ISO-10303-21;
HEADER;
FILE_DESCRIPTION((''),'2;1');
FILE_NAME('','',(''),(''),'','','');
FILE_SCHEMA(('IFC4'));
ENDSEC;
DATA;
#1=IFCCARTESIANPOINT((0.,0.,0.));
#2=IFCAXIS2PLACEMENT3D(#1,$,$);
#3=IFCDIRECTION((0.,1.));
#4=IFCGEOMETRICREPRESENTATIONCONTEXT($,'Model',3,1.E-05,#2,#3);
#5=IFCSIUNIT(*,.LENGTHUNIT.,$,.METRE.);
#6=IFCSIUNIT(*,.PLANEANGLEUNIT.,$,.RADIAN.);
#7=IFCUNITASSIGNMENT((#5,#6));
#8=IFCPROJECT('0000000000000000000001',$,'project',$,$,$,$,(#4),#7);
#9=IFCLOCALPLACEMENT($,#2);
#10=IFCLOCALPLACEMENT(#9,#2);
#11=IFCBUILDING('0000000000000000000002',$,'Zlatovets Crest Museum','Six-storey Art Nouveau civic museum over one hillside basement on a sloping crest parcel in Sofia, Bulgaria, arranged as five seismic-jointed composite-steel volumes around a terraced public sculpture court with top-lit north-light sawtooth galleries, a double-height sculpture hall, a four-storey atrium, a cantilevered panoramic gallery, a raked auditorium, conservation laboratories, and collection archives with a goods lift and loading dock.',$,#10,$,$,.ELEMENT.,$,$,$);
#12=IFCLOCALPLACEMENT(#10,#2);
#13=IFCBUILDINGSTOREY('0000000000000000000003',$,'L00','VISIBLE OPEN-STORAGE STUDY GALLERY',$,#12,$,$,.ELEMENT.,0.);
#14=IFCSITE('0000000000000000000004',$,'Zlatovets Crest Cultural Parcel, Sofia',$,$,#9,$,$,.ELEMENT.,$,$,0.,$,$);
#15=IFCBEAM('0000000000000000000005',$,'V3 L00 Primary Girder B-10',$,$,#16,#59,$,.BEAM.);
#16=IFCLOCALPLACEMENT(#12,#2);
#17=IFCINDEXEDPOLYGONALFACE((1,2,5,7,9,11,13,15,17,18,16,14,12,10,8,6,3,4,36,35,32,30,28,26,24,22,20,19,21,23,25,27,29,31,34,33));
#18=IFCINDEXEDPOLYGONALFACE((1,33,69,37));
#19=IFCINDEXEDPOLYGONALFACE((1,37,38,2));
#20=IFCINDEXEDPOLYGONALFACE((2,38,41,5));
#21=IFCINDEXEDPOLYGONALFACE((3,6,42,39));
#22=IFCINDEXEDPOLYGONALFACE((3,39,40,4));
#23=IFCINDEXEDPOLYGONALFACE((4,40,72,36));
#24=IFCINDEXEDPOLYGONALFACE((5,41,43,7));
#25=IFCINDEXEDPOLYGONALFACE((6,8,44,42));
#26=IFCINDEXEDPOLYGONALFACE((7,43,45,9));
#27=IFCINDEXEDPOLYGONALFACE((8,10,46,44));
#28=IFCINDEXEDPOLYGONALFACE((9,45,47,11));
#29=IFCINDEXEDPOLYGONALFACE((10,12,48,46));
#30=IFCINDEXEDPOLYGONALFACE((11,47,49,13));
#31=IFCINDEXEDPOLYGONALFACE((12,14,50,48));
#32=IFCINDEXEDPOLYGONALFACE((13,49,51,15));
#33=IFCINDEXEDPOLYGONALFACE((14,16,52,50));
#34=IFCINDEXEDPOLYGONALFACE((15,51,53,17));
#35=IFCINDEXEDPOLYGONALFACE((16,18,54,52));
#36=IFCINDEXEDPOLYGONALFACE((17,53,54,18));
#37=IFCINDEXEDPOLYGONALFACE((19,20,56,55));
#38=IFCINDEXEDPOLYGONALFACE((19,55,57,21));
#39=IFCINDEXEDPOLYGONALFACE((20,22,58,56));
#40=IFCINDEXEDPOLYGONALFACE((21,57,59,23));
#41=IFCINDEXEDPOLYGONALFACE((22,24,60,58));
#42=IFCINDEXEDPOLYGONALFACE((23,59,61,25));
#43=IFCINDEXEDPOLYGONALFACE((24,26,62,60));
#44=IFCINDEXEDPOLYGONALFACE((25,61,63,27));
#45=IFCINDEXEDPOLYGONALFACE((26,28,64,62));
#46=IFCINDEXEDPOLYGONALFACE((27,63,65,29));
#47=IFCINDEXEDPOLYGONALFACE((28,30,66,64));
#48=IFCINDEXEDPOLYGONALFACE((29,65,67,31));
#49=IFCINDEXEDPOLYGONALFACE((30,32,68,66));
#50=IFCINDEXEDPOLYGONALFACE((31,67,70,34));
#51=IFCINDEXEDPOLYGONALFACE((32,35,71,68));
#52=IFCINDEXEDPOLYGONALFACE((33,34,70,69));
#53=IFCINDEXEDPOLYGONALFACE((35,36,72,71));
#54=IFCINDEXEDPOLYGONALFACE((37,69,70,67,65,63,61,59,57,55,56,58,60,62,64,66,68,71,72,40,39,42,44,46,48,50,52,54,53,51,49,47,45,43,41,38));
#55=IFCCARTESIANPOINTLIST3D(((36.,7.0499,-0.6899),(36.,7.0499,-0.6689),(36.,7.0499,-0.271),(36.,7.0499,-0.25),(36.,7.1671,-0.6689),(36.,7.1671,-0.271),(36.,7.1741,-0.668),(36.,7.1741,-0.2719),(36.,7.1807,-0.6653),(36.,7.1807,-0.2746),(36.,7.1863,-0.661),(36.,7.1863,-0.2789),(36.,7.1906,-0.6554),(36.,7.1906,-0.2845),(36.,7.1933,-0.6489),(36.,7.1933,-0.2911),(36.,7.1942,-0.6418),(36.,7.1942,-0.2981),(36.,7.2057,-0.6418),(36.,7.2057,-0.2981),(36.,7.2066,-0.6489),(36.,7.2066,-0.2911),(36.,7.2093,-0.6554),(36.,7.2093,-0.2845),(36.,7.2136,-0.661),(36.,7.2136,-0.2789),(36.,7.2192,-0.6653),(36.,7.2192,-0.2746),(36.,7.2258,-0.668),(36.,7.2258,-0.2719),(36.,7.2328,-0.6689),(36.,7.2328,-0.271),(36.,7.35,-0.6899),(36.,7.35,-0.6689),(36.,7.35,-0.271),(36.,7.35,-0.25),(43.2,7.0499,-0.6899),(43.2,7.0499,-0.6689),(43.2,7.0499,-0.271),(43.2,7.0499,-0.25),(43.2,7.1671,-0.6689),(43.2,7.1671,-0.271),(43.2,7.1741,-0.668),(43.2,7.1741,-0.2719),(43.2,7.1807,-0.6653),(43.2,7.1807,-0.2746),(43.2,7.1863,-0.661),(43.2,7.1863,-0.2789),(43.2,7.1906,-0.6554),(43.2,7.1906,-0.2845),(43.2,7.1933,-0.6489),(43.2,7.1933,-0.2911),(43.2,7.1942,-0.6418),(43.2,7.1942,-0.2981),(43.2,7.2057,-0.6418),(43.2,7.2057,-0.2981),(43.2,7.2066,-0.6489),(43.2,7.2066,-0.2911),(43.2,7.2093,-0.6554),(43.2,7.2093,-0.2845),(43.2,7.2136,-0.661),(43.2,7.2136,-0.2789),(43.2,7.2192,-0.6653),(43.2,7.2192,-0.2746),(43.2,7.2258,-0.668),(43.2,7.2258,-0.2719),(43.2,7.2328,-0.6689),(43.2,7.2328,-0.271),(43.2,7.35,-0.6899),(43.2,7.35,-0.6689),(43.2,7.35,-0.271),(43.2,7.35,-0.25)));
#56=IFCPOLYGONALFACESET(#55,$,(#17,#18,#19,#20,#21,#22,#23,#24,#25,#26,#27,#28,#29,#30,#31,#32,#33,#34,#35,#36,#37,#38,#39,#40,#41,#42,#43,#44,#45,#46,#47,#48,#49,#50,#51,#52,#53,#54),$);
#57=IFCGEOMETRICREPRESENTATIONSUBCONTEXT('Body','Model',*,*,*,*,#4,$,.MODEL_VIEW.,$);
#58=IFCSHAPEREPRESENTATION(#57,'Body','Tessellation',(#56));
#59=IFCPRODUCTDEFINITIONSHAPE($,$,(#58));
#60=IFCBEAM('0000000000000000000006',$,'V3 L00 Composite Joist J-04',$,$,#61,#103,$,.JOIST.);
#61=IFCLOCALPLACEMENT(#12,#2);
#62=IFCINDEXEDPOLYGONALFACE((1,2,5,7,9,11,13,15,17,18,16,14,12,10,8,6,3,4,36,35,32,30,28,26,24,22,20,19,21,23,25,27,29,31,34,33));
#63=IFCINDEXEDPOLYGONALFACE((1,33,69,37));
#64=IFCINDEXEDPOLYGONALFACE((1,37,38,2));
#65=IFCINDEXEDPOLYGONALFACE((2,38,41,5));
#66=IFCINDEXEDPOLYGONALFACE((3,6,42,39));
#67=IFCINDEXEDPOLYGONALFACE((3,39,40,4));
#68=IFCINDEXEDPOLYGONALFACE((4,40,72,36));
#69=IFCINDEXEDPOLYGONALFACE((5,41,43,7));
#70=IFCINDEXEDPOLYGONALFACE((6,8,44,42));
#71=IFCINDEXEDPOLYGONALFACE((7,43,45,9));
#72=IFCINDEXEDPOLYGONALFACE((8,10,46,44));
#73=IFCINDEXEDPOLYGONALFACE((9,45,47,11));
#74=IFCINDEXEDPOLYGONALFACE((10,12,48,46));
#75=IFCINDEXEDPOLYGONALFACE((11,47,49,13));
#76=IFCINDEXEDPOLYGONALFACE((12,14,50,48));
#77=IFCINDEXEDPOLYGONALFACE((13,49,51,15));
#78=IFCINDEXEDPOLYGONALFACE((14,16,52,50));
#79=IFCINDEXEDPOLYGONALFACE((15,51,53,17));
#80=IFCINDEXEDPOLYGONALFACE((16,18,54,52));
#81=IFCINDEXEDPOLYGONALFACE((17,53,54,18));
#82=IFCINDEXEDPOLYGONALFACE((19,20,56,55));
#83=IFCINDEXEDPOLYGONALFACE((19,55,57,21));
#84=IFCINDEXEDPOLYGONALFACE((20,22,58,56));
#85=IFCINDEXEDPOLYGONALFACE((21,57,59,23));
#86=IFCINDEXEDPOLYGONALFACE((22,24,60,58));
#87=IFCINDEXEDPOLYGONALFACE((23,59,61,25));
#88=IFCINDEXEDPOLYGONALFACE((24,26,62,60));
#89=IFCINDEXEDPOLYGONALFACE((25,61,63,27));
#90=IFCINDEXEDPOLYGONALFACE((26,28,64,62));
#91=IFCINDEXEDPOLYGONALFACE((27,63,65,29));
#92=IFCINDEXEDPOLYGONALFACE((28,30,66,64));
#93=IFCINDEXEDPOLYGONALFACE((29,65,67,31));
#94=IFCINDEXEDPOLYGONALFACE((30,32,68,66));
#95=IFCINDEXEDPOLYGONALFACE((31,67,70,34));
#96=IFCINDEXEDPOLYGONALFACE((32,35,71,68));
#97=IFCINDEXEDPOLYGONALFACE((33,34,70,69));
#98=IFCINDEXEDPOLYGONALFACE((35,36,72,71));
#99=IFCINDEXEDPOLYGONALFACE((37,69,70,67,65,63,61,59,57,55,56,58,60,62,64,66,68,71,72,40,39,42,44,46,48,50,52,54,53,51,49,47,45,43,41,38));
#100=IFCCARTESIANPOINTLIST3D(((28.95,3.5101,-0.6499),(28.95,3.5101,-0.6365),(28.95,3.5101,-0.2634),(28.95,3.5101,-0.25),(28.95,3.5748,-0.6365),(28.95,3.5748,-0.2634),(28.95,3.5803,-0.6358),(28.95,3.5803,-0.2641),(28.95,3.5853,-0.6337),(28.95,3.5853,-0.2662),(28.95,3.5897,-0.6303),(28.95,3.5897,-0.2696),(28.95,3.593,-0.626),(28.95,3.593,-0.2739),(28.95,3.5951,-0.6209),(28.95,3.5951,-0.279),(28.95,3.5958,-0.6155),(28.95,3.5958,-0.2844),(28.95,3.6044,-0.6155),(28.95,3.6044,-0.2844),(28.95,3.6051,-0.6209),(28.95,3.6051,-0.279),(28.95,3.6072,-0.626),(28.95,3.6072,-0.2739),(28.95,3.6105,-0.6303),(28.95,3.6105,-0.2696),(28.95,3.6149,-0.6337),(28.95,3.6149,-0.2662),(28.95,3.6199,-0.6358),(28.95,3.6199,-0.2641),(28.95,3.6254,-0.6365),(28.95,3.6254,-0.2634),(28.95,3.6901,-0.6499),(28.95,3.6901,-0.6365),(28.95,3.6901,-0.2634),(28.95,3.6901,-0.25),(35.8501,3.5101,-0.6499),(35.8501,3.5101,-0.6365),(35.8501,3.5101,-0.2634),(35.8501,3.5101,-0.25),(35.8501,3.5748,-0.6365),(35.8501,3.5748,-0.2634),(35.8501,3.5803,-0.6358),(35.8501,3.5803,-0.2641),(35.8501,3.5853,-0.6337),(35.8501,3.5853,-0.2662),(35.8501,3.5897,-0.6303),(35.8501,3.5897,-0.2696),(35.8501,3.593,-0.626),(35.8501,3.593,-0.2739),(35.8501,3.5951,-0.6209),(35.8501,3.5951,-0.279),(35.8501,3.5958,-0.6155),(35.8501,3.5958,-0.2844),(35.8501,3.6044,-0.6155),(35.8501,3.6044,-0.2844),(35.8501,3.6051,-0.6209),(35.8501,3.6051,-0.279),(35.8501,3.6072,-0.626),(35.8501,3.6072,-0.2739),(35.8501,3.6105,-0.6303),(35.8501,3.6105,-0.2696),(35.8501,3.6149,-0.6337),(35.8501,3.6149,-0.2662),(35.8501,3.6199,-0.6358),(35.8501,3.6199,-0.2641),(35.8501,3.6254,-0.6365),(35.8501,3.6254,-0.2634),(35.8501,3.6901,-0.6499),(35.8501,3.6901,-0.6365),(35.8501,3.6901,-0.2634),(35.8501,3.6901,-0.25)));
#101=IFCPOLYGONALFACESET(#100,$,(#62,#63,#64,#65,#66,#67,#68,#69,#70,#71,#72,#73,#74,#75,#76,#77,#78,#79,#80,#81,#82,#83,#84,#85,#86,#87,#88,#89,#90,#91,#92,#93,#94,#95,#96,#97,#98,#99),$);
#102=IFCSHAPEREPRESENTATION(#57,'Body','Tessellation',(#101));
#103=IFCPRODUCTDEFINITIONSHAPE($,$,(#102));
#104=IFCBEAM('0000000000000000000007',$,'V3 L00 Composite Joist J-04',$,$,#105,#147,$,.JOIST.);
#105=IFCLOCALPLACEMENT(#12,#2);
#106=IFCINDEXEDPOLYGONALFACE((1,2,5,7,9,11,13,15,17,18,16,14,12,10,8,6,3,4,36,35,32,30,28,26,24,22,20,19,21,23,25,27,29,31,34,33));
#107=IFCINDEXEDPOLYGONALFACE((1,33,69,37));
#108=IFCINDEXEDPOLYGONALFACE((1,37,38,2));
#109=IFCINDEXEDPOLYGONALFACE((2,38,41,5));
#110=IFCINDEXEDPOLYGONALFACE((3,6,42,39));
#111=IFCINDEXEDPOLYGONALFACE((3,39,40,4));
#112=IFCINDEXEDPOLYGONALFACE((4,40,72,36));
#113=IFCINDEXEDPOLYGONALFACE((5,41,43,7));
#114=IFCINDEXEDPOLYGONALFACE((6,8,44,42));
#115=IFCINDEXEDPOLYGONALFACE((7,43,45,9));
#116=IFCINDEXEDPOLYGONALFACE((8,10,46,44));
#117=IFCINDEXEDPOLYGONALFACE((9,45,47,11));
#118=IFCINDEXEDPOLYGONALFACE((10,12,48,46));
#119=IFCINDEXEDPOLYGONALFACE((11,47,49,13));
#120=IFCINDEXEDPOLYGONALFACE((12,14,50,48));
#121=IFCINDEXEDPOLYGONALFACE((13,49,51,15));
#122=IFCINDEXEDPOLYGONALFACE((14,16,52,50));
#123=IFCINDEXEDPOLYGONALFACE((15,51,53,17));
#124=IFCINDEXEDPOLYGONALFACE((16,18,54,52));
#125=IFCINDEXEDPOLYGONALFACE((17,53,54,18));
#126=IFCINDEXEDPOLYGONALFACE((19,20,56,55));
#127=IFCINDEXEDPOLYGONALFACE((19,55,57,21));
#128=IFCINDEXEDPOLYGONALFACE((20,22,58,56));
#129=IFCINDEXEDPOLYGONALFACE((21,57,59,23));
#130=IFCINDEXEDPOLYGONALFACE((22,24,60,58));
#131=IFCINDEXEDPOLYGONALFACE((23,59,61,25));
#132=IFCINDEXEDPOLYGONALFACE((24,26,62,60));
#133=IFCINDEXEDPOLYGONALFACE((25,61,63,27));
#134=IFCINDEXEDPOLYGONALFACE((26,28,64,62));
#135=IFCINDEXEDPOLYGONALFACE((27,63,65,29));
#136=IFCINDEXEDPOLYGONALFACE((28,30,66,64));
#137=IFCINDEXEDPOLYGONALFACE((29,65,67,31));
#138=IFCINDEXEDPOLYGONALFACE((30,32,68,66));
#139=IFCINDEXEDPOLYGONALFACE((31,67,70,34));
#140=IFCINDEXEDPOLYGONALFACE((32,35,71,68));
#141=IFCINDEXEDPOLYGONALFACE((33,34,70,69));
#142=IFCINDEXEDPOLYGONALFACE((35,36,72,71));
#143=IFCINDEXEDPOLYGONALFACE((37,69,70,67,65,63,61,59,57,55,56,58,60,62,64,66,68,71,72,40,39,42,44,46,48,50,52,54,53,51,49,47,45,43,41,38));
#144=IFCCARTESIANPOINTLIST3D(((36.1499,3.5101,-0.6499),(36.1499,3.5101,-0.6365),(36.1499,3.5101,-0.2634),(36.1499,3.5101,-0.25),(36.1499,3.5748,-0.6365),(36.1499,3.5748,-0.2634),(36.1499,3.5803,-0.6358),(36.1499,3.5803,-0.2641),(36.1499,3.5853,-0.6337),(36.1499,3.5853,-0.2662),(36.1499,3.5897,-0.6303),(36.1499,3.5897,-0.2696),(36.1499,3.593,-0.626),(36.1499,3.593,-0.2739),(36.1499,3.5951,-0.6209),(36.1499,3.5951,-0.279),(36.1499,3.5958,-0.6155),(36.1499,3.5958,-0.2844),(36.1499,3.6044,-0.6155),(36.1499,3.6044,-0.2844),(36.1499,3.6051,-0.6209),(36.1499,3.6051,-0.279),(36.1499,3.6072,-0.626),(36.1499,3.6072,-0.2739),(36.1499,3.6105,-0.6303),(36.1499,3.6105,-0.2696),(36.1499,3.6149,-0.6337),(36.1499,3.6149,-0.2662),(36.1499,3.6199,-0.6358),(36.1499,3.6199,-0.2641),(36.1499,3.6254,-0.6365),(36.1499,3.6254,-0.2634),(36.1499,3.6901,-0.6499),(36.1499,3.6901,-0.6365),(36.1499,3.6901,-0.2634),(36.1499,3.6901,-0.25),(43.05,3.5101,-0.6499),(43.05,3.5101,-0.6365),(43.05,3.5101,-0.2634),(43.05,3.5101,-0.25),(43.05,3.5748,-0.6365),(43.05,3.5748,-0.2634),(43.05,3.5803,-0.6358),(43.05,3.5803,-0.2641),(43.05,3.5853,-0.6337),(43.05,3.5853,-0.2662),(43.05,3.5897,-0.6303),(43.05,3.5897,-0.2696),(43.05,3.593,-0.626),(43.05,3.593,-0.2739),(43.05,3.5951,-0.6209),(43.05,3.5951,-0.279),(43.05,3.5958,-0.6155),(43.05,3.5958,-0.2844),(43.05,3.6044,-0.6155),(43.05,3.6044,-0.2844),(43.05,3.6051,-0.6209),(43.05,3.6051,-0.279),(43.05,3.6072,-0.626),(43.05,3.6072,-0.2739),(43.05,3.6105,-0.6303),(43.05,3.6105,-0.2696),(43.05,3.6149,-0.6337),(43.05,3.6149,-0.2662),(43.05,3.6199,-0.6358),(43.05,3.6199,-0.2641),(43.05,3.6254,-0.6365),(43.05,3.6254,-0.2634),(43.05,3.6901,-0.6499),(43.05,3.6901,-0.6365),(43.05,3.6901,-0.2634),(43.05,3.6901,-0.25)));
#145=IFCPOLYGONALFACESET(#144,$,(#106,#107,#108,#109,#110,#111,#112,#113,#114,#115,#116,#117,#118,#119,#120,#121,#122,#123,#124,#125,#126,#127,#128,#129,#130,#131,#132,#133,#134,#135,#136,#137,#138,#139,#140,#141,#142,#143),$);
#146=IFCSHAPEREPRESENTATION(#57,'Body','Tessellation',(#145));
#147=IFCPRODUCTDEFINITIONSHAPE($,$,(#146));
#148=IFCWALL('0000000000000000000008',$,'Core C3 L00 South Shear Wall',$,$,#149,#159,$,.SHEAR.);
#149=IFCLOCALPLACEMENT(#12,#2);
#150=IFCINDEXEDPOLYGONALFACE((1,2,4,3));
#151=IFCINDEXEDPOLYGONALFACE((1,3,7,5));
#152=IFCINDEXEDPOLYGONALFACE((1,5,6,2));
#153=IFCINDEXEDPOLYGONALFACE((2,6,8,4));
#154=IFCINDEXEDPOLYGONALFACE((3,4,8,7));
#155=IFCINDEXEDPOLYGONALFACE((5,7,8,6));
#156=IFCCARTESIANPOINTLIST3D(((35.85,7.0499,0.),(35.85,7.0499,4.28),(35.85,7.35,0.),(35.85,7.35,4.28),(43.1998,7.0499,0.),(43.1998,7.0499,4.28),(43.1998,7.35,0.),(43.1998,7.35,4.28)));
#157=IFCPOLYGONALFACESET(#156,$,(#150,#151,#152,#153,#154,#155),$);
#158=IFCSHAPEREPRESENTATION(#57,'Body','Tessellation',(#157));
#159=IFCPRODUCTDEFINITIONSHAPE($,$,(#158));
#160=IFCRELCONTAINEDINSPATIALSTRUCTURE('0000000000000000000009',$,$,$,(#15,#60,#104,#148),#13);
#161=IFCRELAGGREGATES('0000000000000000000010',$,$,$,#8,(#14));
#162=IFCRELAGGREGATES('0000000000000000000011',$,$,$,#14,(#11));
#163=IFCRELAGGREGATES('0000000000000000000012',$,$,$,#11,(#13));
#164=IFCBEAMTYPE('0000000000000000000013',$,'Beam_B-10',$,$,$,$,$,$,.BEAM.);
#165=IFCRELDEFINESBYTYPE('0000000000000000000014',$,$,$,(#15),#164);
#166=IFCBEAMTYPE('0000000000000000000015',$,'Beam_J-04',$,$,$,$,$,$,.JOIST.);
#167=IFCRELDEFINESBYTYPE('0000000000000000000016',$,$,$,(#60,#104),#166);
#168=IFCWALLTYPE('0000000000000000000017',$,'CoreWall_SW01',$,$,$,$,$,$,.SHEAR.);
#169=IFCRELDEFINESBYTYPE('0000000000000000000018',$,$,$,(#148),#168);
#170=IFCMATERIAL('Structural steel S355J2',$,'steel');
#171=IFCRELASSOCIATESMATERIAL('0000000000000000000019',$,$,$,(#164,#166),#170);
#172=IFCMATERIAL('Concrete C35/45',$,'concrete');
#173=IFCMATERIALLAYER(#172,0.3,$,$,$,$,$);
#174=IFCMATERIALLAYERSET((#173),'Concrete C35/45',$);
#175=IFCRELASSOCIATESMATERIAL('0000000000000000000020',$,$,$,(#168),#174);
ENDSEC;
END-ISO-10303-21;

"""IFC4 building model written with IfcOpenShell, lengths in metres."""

from ifc_helpers import new_model, si_unit, direction, frame, frame_2d, origin, origin_2d, place, context, subcontext, project, spatial, rectangle, i_section, extrude, material, layer, layer_set, material_profile, profile_set, type_object, element, save


model = new_model("IFC4")

# Units and contexts
model_context = context("Model", 3, precision=1e-05, world=origin(), true_north=direction((0.0, 1.0)))
body_context = subcontext(model_context, "Body", "Model", "MODEL_VIEW")
ifc_project = project(units=[si_unit("LENGTHUNIT", "METRE"), si_unit("PLANEANGLEUNIT", "RADIAN")], contexts=[model_context])

# Site, building, storey
site_placement = place(None, origin())
site = spatial("IfcSite", under=ifc_project, at=site_placement, Name="Zlatovets Crest Cultural Parcel, Sofia", CompositionType="ELEMENT", RefElevation=0.0)
building_placement = place(site_placement, origin())
building = spatial("IfcBuilding", under=site, at=building_placement, Name="Zlatovets Crest Museum", Description="Six-storey Art Nouveau civic museum over one hillside basement on a sloping crest parcel in Sofia, Bulgaria, arranged as five seismic-jointed composite-steel volumes around a terraced public sculpture court with top-lit north-light sawtooth galleries, a double-height sculpture hall, a four-storey atrium, a cantilevered panoramic gallery, a raked auditorium, conservation laboratories, and collection archives with a goods lift and loading dock.", CompositionType="ELEMENT")
storey_placement = place(building_placement, origin())
storey = spatial("IfcBuildingStorey", under=building, at=storey_placement, Name="L00", Description="VISIBLE OPEN-STORAGE STUDY GALLERY", CompositionType="ELEMENT", Elevation=0.0)

# Shared definitions
ifc_material_1 = material(Name="Structural steel S355J2", Category="steel")

# Beams
ifc_material_profile_1 = material_profile(ifc_material_1, i_section(OverallWidth=0.3, OverallDepth=0.4399, WebThickness=0.0115, FlangeThickness=0.021, FilletRadius=0.0271, at=origin_2d()), Name="HEA 450")
ifc_profile_set_1 = profile_set([ifc_material_profile_1], Name="Structural steel S355J2")
beam_type_1 = type_object("IfcBeamType", Name="Beam_B-10", PredefinedType="BEAM", material=ifc_profile_set_1)
for number, where, z_axis, x_axis, name in (
    (1, (36.0, 7.2, -0.47), (1.0, 0.0, 0.0), (0.0, 1.0, 0.0), "V3 L00 Primary Girder B-10"),
):
    element("IfcBeam", number, at=place(storey_placement, frame(where, z_axis=z_axis, x_axis=x_axis)), inside=storey, type_object=beam_type_1, Name=name, PredefinedType="BEAM", context=body_context, shape_type="SweptSolid", body=[
        extrude(i_section(OverallWidth=0.3, OverallDepth=0.4399, WebThickness=0.0115, FlangeThickness=0.021, FilletRadius=0.0271, at=origin_2d()), origin(), (0.0, 0.0, 1.0), 7.2),
    ])
ifc_material_profile_2 = material_profile(ifc_material_1, i_section(OverallWidth=0.1799, OverallDepth=0.3999, WebThickness=0.0085, FlangeThickness=0.0134, FilletRadius=0.021, at=origin_2d()), Name="IPE 400")
ifc_profile_set_2 = profile_set([ifc_material_profile_2], Name="Structural steel S355J2")
beam_type_2 = type_object("IfcBeamType", Name="Beam_J-04", PredefinedType="JOIST", material=ifc_profile_set_2)
for number, where, z_axis, x_axis, name in (
    (2, (28.95, 3.6001, -0.45), (1.0, 0.0, 0.0), (0.0, 1.0, 0.0), "V3 L00 Composite Joist J-04"),
    (3, (36.1499, 3.6001, -0.45), (1.0, 0.0, 0.0), (0.0, 1.0, 0.0), "V3 L00 Composite Joist J-04"),
):
    element("IfcBeam", number, at=place(storey_placement, frame(where, z_axis=z_axis, x_axis=x_axis)), inside=storey, type_object=beam_type_2, Name=name, PredefinedType="JOIST", context=body_context, shape_type="SweptSolid", body=[
        extrude(i_section(OverallWidth=0.1799, OverallDepth=0.3999, WebThickness=0.0085, FlangeThickness=0.0134, FilletRadius=0.021, at=origin_2d()), origin(), (0.0, 0.0, 1.0), 6.9001),
    ])

# Wall
ifc_material_2 = material(Name="Concrete C35/45", Category="concrete")
ifc_layer_1 = layer(ifc_material_2, 0.3)
ifc_layer_set_1 = layer_set([ifc_layer_1], Name="Concrete C35/45")
wall_type_1 = type_object("IfcWallType", Name="CoreWall_SW01", PredefinedType="SHEAR", material=ifc_layer_set_1)
wall_1_placement = place(storey_placement, frame((35.8501, 7.2, 0.0), z_axis=(0.0, 0.0, 1.0), x_axis=(1.0, 0.0, 0.0)))
element("IfcWall", 4, at=wall_1_placement, inside=storey, type_object=wall_type_1, Name="Core C3 L00 South Shear Wall", PredefinedType="SHEAR", context=body_context, shape_type="SweptSolid", body=[
    extrude(rectangle(XDim=7.3499, YDim=0.3, at=frame_2d((3.6748, 0.0))), origin(), (0.0, 0.0, 1.0), 4.28),
])

save(model, "model.ifc")
